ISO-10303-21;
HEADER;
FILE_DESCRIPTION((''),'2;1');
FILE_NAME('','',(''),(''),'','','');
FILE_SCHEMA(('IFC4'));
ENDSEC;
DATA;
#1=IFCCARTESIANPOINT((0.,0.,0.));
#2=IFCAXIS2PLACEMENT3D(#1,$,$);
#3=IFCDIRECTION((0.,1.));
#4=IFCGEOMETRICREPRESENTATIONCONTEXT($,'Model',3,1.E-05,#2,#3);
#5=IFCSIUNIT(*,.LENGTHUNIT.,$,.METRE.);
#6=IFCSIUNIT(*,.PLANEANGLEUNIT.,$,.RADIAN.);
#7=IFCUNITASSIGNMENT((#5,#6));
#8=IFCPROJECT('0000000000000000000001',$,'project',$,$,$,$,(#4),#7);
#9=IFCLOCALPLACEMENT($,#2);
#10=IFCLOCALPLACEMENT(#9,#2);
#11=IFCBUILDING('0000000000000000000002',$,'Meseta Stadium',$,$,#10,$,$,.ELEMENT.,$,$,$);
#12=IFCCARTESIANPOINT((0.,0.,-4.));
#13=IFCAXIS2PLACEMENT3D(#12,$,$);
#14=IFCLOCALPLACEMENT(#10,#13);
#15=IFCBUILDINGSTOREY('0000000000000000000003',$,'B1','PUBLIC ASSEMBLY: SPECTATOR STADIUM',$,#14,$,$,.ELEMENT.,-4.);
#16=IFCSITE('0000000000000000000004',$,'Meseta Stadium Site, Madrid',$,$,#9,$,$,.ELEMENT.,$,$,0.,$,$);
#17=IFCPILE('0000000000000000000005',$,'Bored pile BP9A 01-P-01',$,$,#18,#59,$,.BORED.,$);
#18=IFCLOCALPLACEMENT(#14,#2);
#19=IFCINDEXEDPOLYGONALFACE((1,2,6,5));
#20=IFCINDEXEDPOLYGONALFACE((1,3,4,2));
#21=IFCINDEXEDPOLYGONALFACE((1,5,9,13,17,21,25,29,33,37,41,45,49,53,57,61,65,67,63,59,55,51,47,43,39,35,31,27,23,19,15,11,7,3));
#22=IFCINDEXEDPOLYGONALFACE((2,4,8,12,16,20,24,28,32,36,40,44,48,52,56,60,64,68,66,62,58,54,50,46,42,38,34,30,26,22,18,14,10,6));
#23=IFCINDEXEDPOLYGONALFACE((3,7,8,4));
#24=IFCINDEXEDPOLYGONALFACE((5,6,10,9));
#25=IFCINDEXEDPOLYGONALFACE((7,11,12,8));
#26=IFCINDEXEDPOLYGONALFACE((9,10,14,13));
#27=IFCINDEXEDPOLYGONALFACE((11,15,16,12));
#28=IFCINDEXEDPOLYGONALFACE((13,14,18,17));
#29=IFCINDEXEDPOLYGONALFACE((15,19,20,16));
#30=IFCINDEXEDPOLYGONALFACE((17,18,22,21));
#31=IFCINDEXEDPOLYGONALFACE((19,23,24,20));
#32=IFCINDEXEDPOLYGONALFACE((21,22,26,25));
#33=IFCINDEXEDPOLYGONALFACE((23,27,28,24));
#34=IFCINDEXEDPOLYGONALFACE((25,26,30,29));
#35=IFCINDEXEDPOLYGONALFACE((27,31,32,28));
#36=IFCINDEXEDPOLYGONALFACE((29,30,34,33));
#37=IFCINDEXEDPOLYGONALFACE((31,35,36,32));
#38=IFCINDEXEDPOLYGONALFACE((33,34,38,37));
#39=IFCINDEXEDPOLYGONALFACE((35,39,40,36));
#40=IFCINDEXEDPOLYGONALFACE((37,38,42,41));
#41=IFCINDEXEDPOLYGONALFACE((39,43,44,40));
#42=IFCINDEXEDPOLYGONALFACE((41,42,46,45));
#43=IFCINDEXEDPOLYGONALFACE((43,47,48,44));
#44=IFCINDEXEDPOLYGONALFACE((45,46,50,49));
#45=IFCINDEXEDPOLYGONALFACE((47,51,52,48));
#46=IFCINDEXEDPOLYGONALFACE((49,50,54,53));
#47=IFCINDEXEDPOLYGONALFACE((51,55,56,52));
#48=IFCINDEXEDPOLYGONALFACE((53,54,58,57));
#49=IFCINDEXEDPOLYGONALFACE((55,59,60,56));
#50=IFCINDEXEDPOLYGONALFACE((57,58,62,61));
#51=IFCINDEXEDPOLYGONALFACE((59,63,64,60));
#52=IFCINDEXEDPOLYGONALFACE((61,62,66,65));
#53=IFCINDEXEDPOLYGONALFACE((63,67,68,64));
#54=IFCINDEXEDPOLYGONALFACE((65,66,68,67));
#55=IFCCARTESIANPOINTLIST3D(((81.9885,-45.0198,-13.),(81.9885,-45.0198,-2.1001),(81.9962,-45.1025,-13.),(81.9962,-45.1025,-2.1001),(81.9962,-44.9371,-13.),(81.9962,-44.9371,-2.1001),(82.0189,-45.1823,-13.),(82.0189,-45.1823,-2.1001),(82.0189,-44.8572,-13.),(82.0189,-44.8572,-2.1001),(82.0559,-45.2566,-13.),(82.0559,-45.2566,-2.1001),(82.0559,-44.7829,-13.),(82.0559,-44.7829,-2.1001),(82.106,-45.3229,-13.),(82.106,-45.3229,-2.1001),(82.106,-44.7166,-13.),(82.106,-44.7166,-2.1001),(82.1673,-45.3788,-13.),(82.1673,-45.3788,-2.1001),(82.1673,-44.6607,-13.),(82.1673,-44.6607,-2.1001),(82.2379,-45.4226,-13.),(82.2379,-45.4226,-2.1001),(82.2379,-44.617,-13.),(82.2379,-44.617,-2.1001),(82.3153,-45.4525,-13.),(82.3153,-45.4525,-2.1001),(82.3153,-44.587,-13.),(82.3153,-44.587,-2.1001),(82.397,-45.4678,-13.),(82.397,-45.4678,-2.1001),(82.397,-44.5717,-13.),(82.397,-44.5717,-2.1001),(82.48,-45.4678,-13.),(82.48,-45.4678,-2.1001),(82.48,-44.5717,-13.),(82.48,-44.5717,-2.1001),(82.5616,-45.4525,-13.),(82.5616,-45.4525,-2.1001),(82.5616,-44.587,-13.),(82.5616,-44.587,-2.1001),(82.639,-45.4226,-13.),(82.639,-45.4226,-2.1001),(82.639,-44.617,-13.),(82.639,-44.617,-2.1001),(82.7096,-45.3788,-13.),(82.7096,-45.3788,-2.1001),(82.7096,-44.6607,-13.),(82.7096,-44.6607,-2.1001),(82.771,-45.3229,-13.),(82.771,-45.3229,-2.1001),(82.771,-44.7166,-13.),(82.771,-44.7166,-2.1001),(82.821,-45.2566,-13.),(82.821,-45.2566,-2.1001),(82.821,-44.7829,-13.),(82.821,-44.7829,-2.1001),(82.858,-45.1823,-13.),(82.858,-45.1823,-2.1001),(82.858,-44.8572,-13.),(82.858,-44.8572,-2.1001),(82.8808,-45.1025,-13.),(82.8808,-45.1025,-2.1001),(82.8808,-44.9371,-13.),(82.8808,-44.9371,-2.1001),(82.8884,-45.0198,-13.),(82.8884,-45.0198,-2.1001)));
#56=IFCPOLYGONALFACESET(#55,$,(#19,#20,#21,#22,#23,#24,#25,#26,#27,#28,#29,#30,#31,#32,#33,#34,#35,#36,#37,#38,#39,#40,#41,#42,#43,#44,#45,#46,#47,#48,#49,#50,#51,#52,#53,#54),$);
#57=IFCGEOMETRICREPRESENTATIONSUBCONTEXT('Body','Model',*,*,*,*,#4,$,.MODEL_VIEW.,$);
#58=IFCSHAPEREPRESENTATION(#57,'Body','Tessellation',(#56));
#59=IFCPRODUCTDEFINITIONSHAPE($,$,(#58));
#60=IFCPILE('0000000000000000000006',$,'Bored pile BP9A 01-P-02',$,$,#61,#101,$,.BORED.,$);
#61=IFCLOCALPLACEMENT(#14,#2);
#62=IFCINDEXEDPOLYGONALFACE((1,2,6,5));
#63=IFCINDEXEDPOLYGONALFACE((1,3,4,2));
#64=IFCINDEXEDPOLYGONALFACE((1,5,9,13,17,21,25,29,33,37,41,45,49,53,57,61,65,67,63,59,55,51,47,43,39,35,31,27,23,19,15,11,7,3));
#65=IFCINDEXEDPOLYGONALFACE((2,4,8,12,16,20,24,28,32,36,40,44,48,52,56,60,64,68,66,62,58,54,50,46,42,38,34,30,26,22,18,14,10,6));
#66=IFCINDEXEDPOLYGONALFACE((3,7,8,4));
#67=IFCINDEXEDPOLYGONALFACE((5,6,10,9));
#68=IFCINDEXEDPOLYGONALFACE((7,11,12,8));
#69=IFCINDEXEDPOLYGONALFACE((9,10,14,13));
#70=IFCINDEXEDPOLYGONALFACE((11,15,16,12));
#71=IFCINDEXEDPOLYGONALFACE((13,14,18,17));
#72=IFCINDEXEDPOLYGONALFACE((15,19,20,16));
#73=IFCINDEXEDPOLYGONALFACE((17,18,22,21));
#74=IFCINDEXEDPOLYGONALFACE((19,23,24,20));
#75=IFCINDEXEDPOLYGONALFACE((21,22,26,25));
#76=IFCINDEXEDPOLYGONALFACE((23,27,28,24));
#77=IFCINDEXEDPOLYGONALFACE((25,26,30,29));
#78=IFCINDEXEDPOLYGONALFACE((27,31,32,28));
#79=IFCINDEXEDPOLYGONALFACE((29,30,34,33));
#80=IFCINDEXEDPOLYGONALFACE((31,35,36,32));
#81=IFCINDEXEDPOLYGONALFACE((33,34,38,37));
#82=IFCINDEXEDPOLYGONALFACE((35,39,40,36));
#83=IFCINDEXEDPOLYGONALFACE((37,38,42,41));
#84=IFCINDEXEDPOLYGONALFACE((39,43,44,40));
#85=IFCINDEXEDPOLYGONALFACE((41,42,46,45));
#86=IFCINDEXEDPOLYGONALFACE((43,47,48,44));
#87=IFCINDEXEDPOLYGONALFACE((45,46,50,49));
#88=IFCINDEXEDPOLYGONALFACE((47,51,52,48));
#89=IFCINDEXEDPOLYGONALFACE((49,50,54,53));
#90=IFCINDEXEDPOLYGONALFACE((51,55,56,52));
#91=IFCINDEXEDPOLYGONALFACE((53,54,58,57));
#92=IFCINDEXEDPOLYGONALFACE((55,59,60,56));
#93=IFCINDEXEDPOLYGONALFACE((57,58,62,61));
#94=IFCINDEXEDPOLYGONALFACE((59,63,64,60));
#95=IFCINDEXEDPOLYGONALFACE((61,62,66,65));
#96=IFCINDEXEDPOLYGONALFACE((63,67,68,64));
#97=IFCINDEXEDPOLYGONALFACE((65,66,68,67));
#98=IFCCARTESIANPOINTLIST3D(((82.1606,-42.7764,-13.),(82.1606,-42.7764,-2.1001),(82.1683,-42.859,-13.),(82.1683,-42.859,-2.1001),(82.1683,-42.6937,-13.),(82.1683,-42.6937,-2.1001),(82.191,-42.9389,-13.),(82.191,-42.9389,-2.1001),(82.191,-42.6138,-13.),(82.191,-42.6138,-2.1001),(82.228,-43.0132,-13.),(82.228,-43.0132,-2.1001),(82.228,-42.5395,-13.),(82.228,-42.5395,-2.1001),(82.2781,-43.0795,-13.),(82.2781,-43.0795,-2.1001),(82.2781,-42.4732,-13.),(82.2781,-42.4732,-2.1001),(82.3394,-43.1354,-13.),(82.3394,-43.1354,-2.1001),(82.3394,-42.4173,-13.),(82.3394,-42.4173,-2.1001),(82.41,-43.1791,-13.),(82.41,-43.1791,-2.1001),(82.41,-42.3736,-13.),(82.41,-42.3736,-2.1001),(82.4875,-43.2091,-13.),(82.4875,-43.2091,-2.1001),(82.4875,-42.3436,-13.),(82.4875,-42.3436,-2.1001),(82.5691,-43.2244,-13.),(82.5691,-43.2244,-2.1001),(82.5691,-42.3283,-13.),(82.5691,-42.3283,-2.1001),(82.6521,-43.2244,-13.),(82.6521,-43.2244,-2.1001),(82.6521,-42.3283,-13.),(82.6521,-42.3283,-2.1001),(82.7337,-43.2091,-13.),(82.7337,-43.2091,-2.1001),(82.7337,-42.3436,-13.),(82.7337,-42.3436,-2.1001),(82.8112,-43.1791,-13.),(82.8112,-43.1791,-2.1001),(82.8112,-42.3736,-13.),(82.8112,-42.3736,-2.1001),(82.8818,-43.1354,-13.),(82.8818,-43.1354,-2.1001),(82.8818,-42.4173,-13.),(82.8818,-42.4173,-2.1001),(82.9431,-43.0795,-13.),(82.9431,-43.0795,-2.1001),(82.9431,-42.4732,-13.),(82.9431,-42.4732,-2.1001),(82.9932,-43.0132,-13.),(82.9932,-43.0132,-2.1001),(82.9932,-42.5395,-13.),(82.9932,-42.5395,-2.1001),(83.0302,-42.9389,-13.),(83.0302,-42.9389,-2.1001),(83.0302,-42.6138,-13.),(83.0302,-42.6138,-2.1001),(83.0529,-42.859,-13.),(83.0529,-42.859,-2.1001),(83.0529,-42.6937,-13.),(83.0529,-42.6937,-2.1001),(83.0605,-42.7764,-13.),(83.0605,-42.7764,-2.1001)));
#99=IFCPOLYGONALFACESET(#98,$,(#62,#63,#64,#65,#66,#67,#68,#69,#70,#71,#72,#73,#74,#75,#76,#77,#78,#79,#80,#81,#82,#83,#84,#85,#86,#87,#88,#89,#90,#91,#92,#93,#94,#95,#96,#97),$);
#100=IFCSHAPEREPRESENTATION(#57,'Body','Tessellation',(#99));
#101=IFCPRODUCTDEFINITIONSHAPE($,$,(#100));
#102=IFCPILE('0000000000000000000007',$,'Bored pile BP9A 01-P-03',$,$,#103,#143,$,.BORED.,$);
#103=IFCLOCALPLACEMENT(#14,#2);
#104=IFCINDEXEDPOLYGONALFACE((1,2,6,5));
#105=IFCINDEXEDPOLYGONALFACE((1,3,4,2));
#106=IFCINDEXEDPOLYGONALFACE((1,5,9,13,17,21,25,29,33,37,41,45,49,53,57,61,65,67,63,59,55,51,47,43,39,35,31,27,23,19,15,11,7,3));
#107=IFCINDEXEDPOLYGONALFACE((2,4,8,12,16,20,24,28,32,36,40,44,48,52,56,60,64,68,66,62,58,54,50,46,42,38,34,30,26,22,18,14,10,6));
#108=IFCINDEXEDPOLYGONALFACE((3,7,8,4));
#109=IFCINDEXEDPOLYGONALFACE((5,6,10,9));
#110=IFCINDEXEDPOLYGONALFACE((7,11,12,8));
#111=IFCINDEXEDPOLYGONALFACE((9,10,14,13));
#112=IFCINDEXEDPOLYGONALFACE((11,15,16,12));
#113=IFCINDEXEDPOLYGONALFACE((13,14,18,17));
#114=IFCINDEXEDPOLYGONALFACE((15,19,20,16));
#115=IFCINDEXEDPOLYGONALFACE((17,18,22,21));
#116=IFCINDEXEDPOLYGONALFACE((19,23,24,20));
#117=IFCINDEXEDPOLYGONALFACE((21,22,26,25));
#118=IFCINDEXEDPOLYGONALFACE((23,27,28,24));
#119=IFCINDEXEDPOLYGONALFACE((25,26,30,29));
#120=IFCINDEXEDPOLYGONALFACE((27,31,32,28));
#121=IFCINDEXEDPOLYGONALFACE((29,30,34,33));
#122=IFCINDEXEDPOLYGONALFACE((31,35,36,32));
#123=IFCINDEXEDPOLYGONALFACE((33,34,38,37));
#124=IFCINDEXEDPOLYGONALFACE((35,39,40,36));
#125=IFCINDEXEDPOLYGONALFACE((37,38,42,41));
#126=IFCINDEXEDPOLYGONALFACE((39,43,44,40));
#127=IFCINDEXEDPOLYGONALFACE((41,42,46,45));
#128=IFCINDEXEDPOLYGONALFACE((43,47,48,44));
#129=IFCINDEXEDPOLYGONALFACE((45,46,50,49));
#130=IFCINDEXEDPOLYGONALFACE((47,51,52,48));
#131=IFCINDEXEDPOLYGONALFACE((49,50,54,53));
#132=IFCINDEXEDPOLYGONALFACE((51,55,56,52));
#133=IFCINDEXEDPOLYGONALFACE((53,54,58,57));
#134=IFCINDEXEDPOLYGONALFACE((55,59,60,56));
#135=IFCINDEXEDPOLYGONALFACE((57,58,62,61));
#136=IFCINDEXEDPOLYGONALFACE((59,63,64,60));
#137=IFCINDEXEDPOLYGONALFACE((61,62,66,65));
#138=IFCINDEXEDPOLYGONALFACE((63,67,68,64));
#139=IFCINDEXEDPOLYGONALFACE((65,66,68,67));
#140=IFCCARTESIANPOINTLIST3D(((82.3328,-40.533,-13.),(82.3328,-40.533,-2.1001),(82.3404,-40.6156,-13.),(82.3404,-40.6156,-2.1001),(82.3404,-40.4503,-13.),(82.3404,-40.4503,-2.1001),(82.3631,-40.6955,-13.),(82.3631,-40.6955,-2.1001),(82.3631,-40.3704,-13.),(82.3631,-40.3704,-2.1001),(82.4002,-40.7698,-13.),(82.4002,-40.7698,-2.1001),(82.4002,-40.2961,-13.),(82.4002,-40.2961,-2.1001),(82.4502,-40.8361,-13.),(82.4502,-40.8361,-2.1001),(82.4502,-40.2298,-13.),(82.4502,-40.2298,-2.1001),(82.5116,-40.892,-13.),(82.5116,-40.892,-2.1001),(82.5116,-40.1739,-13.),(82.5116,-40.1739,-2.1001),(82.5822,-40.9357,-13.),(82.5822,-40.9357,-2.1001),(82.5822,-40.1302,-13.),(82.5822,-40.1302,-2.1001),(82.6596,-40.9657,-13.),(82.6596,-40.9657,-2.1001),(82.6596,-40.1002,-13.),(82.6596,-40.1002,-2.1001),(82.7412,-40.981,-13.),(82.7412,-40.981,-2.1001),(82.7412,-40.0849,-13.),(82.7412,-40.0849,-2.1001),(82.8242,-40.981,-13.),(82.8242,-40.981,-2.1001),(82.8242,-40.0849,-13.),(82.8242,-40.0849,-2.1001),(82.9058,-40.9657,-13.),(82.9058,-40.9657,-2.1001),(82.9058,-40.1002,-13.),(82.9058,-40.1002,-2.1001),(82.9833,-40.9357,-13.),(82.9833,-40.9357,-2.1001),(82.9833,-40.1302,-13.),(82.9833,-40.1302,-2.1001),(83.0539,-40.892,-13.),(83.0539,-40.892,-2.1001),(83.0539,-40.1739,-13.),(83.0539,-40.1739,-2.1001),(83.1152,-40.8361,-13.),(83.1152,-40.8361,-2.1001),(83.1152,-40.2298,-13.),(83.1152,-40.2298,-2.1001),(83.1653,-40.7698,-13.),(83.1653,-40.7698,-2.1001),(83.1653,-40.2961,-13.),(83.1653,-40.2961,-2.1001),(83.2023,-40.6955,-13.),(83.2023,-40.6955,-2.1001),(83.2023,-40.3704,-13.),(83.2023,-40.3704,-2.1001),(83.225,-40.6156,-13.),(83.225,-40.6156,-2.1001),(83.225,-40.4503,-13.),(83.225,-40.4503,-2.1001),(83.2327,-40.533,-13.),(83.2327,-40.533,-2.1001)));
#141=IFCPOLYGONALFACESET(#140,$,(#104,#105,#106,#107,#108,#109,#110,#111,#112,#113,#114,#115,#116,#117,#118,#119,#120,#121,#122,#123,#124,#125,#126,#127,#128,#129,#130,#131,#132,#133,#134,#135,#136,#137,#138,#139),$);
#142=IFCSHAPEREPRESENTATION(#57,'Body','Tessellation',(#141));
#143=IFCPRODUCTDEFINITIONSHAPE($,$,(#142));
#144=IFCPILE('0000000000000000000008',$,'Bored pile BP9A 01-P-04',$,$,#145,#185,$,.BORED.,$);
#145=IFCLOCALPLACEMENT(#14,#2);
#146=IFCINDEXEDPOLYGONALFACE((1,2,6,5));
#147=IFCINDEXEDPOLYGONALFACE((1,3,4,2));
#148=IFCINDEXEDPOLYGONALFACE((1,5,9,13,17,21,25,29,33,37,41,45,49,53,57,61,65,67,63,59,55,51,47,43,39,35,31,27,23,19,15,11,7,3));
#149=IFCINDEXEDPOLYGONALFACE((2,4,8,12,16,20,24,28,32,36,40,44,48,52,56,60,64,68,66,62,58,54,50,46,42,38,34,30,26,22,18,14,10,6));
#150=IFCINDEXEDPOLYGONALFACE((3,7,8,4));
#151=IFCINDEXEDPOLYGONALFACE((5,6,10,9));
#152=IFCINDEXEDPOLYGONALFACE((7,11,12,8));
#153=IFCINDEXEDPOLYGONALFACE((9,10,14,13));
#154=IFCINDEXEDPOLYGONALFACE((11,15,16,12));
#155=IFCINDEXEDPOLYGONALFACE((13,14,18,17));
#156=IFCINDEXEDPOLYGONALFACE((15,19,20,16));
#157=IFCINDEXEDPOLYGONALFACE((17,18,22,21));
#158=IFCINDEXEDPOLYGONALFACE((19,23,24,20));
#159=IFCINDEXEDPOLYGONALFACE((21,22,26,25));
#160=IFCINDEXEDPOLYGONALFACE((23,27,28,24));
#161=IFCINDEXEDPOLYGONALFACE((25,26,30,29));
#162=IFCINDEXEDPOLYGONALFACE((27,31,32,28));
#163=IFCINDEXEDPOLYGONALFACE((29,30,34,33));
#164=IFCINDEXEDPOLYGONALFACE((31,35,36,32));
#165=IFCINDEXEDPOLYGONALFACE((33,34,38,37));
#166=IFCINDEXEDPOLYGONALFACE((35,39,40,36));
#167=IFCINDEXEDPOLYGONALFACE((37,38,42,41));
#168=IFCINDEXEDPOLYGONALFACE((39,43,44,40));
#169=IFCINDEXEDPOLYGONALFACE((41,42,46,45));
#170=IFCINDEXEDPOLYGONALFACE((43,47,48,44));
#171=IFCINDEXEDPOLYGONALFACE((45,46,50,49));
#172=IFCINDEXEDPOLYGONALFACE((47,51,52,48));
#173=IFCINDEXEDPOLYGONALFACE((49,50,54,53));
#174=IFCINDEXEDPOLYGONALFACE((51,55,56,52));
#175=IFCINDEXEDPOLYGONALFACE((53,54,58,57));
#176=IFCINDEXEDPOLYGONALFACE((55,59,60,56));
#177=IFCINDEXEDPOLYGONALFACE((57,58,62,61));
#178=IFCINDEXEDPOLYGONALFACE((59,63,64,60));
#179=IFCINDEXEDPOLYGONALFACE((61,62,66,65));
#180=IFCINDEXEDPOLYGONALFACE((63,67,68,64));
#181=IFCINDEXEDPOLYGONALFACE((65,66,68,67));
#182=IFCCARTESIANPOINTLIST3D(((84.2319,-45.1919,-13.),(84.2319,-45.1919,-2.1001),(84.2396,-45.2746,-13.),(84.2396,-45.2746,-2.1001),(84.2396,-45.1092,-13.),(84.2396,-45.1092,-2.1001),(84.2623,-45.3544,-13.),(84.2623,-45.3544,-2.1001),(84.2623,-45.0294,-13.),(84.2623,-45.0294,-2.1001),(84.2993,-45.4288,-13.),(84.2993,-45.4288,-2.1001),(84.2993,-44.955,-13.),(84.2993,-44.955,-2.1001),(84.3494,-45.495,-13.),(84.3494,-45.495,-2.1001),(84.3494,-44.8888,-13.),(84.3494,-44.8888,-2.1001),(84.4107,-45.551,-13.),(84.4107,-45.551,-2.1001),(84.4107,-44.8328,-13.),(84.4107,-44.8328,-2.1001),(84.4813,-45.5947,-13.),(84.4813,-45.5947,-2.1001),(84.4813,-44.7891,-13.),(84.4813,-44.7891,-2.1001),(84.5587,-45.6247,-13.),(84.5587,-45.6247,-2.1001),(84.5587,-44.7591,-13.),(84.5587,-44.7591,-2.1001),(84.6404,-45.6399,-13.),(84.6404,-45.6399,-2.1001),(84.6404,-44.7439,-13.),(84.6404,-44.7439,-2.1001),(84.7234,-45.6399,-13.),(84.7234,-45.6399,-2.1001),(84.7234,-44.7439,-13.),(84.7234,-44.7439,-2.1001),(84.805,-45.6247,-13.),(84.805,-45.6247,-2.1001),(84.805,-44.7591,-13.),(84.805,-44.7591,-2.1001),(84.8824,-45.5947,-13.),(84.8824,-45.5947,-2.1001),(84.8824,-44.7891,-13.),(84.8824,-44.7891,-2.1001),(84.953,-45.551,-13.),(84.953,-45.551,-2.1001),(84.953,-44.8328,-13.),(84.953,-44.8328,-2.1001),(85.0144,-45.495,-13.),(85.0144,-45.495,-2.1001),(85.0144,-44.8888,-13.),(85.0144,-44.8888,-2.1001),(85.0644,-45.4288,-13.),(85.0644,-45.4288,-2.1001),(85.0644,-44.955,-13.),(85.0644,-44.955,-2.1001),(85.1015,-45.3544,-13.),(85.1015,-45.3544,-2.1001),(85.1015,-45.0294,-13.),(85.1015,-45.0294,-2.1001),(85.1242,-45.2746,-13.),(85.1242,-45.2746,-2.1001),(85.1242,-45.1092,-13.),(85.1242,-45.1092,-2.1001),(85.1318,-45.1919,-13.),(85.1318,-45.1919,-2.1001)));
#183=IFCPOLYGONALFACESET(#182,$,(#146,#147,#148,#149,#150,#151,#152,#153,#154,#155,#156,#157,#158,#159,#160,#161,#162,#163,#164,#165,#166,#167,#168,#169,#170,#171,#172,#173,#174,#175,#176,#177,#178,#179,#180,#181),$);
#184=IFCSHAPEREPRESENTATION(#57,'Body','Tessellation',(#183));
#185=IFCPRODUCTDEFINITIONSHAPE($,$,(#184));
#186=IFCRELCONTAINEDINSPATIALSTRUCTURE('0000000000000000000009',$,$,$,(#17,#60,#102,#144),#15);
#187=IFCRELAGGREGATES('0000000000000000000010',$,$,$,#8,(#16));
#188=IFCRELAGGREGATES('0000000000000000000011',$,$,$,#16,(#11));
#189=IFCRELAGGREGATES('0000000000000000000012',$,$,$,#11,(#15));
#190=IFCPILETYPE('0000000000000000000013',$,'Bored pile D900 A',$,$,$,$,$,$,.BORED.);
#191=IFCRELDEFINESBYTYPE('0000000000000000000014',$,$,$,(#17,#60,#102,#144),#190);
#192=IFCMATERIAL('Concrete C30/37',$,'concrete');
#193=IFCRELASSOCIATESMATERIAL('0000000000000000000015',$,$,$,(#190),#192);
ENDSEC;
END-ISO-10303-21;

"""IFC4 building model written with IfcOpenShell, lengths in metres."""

from ifc_helpers import new_model, si_unit, direction, frame, origin, origin_2d, place, context, subcontext, project, spatial, circle, extrude, material, material_profile, profile_set, type_object, element, save


model = new_model("IFC4")

# Units and contexts
model_context = context("Model", 3, precision=1e-05, world=origin(), true_north=direction((0.0, 1.0)))
body_context = subcontext(model_context, "Body", "Model", "MODEL_VIEW")
ifc_project = project(units=[si_unit("LENGTHUNIT", "METRE"), si_unit("PLANEANGLEUNIT", "RADIAN")], contexts=[model_context])

# Site, building, storey
site_placement = place(None, origin())
site = spatial("IfcSite", under=ifc_project, at=site_placement, Name="Meseta Stadium Site, Madrid", CompositionType="ELEMENT", RefElevation=0.0)
building_placement = place(site_placement, origin())
building = spatial("IfcBuilding", under=site, at=building_placement, Name="Meseta Stadium", CompositionType="ELEMENT")
storey_placement = place(building_placement, frame((0.0, 0.0, -4.0)))
storey = spatial("IfcBuildingStorey", under=building, at=storey_placement, Name="B1", Description="PUBLIC ASSEMBLY: SPECTATOR STADIUM", CompositionType="ELEMENT", Elevation=-4.0)

# Piles
ifc_material_1 = material(Name="Concrete C30/37", Category="concrete")
ifc_material_profile_1 = material_profile(ifc_material_1, circle(Radius=0.45, at=origin_2d()), Name="D900")
ifc_profile_set_1 = profile_set([ifc_material_profile_1], Name="Concrete C30/37")
pile_type = type_object("IfcPileType", Name="Bored pile D900 A", PredefinedType="BORED", material=ifc_profile_set_1)
for number, where, z_axis, x_axis, name in (
    (1, (82.4385, -45.0198, -2.1001), (0.0, 0.0, -1.0), (1.0, 0.0, 0.0), "Bored pile BP9A 01-P-01"),
    (2, (82.6106, -42.7764, -2.1001), (0.0, 0.0, -1.0), (1.0, 0.0, 0.0), "Bored pile BP9A 01-P-02"),
    (3, (82.7827, -40.533, -2.1001), (0.0, 0.0, -1.0), (1.0, 0.0, 0.0), "Bored pile BP9A 01-P-03"),
    (4, (84.6819, -45.1919, -2.1001), (0.0, 0.0, -1.0), (1.0, 0.0, 0.0), "Bored pile BP9A 01-P-04"),
):
    element("IfcPile", number, at=place(storey_placement, frame(where, z_axis=z_axis, x_axis=x_axis)), inside=storey, type_object=pile_type, Name=name, PredefinedType="BORED", context=body_context, shape_type="SweptSolid", body=[
        extrude(circle(Radius=0.45, at=origin_2d()), origin(), (0.0, 0.0, 1.0), 10.8999),
    ])

save(model, "model.ifc")
